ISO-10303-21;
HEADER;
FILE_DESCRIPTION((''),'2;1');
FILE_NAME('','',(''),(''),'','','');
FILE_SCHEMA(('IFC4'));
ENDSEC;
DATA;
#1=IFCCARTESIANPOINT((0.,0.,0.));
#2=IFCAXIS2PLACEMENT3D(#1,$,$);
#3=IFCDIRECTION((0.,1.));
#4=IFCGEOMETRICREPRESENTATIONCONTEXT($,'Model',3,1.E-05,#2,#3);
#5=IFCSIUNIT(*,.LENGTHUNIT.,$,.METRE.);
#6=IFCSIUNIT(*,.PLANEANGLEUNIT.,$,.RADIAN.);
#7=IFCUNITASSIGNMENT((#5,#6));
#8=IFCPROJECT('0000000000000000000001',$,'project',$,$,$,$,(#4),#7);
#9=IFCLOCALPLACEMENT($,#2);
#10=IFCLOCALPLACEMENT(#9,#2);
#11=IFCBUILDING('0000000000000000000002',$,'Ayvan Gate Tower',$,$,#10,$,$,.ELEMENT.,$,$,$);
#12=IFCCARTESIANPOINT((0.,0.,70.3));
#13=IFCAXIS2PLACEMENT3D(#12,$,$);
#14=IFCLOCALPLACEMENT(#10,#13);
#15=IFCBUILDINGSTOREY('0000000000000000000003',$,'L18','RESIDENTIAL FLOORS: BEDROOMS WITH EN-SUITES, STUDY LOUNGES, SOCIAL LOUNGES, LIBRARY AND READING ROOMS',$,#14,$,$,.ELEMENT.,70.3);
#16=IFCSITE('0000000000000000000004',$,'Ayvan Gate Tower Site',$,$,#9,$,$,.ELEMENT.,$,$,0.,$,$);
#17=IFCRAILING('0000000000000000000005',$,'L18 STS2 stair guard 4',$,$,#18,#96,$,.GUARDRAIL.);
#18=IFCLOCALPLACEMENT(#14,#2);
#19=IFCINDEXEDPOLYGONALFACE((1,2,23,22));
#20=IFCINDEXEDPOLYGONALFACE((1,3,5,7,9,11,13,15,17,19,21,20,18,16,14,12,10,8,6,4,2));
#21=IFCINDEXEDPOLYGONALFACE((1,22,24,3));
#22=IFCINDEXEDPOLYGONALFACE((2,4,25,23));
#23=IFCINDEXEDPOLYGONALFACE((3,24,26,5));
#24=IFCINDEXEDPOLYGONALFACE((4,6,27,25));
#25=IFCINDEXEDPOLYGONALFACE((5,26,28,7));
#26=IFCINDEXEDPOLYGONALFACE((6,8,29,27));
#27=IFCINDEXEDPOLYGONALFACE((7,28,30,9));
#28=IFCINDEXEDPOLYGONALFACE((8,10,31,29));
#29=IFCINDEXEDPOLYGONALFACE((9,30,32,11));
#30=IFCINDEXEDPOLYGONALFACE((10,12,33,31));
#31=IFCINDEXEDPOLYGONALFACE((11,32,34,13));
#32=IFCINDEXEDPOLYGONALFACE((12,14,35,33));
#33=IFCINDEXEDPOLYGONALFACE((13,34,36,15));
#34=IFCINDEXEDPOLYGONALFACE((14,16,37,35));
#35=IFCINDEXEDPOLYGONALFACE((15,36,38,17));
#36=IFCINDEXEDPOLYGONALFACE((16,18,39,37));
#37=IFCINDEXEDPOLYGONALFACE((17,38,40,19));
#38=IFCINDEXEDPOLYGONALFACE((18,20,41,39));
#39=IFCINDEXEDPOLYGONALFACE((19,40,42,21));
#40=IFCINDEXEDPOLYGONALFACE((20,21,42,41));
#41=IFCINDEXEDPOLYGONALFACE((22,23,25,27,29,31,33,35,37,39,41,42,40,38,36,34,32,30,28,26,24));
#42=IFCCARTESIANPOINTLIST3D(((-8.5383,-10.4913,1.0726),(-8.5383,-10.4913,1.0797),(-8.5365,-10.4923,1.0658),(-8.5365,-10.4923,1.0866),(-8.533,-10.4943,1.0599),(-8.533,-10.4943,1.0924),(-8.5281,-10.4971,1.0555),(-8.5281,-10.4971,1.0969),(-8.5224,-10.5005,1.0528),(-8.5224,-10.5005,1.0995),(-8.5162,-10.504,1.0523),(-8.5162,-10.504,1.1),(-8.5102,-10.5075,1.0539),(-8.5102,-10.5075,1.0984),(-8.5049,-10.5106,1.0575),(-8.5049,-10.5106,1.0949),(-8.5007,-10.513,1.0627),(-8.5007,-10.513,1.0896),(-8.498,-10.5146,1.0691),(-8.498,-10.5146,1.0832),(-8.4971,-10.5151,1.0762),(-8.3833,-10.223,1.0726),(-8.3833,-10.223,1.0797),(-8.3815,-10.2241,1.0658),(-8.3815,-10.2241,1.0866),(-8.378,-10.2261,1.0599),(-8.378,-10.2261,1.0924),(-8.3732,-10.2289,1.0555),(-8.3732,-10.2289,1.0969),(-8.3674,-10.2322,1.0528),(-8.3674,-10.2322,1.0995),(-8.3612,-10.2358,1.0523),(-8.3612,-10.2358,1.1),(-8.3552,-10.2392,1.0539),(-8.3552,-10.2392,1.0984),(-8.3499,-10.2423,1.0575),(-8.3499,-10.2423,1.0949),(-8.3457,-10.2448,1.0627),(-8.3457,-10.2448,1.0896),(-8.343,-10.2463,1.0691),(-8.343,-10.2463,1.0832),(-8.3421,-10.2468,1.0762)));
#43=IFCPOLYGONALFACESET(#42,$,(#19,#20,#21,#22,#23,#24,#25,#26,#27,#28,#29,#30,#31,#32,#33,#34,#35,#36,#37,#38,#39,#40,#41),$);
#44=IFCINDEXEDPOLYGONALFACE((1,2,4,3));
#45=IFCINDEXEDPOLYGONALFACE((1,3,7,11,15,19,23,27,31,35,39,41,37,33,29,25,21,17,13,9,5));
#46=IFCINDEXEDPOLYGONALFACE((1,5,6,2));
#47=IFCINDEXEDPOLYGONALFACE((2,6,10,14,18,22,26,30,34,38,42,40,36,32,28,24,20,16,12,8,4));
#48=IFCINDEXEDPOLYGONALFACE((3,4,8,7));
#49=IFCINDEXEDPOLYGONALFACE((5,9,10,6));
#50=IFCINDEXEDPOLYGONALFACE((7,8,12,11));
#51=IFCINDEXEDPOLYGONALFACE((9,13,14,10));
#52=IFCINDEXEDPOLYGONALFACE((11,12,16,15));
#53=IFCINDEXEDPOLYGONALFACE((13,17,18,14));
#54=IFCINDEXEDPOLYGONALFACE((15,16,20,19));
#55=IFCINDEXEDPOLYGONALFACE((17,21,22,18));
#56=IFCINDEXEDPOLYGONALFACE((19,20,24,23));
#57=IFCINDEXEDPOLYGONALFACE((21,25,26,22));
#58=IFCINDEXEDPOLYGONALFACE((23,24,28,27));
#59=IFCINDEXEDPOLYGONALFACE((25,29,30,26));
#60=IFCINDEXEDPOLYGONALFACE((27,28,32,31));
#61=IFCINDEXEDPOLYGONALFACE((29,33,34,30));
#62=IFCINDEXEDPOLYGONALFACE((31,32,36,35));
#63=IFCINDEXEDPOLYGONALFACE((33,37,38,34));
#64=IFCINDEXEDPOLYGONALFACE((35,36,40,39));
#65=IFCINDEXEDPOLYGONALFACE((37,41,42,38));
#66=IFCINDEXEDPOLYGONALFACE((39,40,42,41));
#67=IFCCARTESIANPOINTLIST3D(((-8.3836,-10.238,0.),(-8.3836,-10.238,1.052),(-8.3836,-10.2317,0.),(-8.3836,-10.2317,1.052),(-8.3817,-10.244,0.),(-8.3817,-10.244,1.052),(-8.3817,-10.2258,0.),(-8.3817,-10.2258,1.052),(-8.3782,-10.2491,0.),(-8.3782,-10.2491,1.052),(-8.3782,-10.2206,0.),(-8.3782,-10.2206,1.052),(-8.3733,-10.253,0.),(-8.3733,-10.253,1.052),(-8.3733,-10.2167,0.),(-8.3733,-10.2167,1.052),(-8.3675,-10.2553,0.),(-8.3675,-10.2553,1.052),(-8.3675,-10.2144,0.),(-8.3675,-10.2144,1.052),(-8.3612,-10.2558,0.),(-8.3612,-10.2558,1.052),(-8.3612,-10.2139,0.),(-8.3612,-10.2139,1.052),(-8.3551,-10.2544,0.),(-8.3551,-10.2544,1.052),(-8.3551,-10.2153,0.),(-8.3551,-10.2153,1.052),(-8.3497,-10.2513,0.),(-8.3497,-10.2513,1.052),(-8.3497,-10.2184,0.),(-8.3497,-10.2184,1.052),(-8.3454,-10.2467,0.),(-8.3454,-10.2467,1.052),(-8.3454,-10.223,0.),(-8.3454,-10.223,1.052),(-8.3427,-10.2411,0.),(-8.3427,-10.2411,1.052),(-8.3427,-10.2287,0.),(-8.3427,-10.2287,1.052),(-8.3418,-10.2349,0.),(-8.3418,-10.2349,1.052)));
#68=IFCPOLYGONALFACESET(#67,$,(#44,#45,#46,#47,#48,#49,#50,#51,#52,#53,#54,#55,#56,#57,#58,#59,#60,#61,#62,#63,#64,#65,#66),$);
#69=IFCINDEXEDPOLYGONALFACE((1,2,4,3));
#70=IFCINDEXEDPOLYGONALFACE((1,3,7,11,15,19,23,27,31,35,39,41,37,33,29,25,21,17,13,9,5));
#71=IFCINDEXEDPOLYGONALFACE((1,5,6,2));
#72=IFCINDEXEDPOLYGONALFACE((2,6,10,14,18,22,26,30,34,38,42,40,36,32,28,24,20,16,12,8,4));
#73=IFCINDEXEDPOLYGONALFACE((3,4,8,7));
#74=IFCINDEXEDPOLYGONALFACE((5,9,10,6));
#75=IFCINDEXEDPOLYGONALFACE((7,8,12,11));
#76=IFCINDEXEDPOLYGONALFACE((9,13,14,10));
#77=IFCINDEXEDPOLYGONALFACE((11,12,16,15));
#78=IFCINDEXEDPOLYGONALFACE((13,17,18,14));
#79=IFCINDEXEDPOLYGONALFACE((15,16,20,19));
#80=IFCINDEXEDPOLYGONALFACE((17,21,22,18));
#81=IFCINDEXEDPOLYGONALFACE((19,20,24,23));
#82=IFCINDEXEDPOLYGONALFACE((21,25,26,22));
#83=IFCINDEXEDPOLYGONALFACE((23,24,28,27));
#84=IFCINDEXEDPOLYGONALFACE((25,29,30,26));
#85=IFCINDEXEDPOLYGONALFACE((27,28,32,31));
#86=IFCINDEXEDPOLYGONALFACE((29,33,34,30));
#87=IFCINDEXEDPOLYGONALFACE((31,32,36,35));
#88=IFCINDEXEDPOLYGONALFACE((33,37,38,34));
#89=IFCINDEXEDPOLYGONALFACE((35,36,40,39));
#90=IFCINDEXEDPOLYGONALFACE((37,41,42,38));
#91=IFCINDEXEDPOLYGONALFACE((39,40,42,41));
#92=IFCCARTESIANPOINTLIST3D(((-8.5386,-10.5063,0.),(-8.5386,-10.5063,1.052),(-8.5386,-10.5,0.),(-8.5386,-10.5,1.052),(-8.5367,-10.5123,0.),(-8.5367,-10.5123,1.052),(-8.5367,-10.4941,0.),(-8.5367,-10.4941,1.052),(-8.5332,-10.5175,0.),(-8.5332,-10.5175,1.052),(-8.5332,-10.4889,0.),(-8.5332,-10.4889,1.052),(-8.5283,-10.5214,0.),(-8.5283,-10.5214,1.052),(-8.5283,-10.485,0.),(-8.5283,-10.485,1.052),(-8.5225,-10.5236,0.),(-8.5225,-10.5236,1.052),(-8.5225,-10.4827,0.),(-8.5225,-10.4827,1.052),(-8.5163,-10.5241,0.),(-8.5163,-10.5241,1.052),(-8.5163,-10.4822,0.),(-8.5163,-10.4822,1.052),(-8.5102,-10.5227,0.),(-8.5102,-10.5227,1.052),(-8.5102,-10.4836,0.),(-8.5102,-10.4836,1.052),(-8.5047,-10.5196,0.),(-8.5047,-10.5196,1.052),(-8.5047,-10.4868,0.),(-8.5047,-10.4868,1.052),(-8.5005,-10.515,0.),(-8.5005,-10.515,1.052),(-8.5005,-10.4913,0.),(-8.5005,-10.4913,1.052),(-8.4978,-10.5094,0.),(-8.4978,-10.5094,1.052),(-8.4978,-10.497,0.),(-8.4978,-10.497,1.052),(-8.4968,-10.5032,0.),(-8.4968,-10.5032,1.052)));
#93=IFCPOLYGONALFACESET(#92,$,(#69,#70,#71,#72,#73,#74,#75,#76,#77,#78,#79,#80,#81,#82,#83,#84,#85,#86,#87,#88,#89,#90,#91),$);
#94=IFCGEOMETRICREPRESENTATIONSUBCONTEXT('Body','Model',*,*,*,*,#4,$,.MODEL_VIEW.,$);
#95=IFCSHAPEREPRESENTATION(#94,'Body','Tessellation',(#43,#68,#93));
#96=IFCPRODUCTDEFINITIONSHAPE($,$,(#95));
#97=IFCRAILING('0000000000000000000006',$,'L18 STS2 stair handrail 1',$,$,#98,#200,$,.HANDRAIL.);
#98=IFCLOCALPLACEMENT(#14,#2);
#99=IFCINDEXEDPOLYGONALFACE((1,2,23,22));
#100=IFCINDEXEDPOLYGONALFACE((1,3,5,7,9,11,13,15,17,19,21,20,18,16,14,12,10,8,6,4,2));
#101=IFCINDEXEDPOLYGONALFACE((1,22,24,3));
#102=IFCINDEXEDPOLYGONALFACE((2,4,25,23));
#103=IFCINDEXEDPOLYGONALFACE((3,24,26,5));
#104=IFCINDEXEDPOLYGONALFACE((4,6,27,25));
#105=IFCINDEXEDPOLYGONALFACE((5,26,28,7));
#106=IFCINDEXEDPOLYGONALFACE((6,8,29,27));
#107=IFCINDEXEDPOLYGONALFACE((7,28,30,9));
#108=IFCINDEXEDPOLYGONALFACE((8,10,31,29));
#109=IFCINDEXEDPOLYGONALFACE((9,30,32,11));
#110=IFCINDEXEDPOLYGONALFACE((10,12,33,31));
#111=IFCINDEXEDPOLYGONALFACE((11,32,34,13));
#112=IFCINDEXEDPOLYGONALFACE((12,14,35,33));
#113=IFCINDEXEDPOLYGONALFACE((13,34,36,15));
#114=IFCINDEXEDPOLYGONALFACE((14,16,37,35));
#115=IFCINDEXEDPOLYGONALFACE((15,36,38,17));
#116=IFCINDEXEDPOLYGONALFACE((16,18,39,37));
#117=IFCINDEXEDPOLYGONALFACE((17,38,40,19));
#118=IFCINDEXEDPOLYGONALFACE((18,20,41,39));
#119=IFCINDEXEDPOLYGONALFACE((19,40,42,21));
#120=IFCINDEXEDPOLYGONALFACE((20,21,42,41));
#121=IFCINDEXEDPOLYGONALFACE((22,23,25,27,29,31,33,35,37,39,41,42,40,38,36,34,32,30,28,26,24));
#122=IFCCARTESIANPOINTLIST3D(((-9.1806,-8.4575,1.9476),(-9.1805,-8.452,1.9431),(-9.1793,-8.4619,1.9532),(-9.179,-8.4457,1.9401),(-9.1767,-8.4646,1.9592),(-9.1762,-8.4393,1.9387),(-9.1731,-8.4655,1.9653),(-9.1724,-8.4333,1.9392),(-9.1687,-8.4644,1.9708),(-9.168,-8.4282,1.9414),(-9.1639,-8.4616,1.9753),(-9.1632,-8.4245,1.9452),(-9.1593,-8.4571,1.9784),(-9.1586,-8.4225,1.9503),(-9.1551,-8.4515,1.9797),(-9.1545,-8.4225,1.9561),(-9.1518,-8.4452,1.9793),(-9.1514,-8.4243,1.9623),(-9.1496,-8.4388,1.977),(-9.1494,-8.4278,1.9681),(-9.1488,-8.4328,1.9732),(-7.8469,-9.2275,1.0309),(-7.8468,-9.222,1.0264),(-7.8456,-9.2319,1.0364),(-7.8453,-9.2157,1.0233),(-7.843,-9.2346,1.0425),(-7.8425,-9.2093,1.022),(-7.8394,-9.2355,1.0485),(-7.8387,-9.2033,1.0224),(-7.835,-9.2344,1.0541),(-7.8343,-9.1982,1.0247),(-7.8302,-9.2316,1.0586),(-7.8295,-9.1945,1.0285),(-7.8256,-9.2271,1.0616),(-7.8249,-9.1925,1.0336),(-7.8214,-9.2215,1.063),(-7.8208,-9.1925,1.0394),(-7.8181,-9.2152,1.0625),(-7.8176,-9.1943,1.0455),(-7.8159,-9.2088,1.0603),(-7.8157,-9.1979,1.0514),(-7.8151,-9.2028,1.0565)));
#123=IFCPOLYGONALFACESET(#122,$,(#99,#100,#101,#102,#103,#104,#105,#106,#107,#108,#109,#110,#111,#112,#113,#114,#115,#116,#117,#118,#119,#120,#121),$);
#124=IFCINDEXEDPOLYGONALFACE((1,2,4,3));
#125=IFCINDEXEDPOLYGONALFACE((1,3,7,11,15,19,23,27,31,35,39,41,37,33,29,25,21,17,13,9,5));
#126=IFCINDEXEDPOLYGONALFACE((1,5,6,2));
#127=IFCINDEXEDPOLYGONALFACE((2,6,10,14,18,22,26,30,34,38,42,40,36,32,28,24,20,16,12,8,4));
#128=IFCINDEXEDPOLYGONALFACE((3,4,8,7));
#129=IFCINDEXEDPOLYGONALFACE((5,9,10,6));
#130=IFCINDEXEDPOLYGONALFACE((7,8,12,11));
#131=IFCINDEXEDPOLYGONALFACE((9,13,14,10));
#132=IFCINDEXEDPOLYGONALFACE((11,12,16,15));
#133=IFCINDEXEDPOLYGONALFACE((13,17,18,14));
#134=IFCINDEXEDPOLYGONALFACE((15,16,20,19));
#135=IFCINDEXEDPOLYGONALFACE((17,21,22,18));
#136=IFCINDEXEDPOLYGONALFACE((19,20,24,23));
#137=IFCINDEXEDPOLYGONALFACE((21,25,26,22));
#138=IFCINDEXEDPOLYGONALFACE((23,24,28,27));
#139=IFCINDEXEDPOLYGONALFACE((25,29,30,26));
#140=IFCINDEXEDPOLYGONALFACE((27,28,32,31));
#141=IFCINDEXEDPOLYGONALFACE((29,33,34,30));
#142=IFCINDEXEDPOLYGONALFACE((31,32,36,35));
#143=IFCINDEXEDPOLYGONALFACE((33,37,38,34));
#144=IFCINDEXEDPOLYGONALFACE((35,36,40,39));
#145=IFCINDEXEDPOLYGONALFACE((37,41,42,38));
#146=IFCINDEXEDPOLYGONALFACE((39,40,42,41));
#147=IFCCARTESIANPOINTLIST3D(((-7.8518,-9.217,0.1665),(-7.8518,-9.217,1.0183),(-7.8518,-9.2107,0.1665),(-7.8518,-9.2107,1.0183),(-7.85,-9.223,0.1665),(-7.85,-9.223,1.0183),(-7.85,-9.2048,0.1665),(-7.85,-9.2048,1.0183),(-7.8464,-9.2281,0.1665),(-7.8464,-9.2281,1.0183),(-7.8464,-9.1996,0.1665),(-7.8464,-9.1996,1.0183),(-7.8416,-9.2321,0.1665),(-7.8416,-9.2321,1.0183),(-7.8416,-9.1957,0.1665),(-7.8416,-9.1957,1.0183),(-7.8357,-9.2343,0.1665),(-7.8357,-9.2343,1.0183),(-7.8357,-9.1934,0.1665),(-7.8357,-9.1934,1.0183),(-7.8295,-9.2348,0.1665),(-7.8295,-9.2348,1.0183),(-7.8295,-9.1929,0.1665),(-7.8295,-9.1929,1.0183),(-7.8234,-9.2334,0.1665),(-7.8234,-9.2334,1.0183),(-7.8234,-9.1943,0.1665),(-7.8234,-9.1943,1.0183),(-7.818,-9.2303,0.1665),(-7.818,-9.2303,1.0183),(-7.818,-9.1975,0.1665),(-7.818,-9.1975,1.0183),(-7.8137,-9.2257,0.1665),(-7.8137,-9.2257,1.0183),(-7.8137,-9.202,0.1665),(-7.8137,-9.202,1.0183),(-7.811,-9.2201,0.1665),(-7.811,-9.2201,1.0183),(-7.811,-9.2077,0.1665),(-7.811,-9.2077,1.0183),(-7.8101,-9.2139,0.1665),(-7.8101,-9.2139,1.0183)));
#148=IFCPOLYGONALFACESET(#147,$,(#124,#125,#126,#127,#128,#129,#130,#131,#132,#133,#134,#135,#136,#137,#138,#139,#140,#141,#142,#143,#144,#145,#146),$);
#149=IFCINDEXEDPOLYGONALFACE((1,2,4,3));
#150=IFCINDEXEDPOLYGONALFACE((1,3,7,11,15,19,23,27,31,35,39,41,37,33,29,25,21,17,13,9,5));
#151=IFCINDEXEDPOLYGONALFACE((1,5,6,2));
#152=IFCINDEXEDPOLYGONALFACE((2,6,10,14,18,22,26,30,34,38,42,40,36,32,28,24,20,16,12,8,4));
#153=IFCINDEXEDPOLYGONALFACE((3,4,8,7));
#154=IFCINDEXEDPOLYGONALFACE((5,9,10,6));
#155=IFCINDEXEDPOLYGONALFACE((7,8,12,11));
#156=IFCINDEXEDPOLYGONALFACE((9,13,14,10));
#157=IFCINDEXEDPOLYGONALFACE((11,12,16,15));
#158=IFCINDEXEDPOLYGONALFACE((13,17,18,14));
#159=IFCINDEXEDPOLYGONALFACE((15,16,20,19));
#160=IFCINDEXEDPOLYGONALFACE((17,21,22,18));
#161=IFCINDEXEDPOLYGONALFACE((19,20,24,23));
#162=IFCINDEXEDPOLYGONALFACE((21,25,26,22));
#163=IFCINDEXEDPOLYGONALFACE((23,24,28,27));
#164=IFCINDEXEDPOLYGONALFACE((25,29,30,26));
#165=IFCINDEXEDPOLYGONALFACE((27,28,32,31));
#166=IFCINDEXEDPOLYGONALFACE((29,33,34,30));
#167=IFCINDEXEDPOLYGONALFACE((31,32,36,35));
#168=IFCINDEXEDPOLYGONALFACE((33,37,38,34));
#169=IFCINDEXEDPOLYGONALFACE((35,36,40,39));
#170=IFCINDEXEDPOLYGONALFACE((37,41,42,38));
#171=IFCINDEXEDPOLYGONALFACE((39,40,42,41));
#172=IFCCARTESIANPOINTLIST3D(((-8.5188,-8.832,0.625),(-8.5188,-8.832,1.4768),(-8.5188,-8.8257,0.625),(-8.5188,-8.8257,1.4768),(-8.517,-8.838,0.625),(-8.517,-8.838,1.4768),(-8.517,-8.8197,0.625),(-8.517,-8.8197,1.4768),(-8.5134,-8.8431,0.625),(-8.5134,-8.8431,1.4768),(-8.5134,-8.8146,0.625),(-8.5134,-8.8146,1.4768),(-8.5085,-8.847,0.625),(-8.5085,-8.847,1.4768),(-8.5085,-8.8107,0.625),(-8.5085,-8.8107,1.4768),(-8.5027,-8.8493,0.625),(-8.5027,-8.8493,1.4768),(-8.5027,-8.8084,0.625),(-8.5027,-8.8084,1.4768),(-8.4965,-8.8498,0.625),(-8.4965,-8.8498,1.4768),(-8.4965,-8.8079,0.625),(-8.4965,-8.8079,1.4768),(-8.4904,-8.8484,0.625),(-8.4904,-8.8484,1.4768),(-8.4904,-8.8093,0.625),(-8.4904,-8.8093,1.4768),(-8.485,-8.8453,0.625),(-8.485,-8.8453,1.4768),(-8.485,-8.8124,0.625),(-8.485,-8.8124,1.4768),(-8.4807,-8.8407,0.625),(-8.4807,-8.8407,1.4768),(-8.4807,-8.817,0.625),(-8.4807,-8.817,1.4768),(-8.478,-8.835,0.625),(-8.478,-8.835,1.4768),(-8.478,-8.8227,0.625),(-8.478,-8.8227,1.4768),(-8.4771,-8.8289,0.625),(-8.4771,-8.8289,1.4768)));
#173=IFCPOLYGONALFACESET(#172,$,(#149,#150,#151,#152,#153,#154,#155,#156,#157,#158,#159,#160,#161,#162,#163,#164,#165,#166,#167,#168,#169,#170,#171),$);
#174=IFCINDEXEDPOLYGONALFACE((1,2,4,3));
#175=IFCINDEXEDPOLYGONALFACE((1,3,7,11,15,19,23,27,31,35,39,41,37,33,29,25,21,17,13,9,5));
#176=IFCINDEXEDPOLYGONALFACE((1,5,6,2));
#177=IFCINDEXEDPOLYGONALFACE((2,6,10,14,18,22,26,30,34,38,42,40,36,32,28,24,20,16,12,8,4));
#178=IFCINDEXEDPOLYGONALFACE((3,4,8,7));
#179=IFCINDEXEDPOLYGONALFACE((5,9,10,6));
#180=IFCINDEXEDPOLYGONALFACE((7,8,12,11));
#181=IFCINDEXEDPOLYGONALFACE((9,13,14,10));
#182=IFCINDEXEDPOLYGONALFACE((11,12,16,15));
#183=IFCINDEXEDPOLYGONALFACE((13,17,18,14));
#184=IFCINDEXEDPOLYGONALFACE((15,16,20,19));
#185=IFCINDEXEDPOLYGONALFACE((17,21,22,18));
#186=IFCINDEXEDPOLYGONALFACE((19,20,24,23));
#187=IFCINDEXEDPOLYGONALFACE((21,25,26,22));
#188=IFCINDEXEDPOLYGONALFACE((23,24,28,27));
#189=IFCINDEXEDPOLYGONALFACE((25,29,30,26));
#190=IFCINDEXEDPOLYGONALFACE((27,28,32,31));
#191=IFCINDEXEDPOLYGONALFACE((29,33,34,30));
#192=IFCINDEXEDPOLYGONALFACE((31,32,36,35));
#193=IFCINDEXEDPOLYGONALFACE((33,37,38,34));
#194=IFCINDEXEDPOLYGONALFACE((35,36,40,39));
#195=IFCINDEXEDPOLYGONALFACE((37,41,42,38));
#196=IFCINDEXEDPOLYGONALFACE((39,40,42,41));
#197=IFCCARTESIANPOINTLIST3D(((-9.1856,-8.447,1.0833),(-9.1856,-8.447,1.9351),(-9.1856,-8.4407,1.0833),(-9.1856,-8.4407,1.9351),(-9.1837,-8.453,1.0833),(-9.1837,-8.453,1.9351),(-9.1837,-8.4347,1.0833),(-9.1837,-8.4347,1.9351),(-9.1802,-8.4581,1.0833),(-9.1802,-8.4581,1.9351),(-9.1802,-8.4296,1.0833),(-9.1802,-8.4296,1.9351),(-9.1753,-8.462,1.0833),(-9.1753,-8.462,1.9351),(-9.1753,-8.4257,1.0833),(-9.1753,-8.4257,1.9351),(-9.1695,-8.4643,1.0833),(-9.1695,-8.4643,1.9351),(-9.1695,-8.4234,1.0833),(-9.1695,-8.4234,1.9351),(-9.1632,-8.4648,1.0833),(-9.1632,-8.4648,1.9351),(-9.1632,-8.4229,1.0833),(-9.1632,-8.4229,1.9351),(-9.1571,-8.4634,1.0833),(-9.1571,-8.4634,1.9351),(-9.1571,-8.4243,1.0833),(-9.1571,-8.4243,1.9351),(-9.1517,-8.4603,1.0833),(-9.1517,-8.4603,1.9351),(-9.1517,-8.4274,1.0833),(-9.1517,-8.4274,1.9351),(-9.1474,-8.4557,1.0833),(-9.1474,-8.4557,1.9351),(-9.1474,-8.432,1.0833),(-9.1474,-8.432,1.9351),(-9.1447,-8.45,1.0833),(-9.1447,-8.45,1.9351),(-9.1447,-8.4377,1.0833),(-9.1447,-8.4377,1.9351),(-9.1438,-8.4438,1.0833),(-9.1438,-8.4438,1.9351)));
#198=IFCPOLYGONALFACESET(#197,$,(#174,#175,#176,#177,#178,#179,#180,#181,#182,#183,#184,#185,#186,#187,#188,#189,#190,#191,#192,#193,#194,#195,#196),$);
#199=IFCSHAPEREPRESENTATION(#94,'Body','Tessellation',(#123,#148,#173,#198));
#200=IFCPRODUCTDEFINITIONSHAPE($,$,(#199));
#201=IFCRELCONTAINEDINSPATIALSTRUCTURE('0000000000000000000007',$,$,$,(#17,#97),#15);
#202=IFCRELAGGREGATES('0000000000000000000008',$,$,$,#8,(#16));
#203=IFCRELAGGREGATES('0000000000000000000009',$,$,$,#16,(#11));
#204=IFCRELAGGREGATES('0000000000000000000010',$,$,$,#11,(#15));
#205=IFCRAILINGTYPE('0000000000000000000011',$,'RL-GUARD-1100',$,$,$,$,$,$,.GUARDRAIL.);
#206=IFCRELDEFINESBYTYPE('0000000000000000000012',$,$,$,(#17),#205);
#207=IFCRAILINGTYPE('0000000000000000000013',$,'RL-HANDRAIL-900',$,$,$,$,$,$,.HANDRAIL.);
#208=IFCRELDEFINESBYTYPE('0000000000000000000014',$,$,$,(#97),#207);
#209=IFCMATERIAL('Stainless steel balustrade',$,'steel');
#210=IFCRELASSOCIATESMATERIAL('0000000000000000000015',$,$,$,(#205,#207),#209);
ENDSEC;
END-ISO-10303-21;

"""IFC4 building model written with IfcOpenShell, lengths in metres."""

from ifc_helpers import new_model, si_unit, direction, frame, origin, origin_2d, place, context, subcontext, project, spatial, circle, extrude, material, type_object, element, save


model = new_model("IFC4")

# Units and contexts
model_context = context("Model", 3, precision=1e-05, world=origin(), true_north=direction((0.0, 1.0)))
body_context = subcontext(model_context, "Body", "Model", "MODEL_VIEW")
ifc_project = project(units=[si_unit("LENGTHUNIT", "METRE"), si_unit("PLANEANGLEUNIT", "RADIAN")], contexts=[model_context])

# Site, building, storey
site_placement = place(None, origin())
site = spatial("IfcSite", under=ifc_project, at=site_placement, Name="Ayvan Gate Tower Site", CompositionType="ELEMENT", RefElevation=0.0)
building_placement = place(site_placement, origin())
building = spatial("IfcBuilding", under=site, at=building_placement, Name="Ayvan Gate Tower", CompositionType="ELEMENT")
storey_placement = place(building_placement, frame((0.0, 0.0, 70.3)))
storey = spatial("IfcBuildingStorey", under=building, at=storey_placement, Name="L18", Description="RESIDENTIAL FLOORS: BEDROOMS WITH EN-SUITES, STUDY LOUNGES, SOCIAL LOUNGES, LIBRARY AND READING ROOMS", CompositionType="ELEMENT", Elevation=70.3)

# Railings
ifc_material_1 = material(Name="Stainless steel balustrade", Category="steel")
railing_type_1 = type_object("IfcRailingType", Name="RL-GUARD-1100", PredefinedType="GUARDRAIL", material=ifc_material_1)
railing_1_placement = place(storey_placement, frame((-8.3628, -10.2349, 0.0)))
element("IfcRailing", 1, at=railing_1_placement, inside=storey, type_object=railing_type_1, Name="L18 STS2 stair guard 4", PredefinedType="GUARDRAIL", context=body_context, shape_type="SweptSolid", body=[
    extrude(circle(Radius=0.0239, at=origin_2d()), frame((0.0, 0.0, 1.0762), z_axis=(-0.500291, -0.865857, 0.0), x_axis=(0.865857, -0.500291, 0.0)), (0.0, 0.0, 1.0), 0.3098),
    extrude(circle(Radius=0.021, at=origin_2d()), origin(), (0.0, 0.0, 1.0), 1.052),
    extrude(circle(Radius=0.021, at=origin_2d()), frame((-0.155, -0.2683, 0.0)), (0.0, 0.0, 1.0), 1.052),
])
railing_type_2 = type_object("IfcRailingType", Name="RL-HANDRAIL-900", PredefinedType="HANDRAIL", material=ifc_material_1)
for number, where, name in (
    (2, (-7.8311, -9.2139, 0.1665), "L18 STS2 stair handrail 1"),
):
    element("IfcRailing", number, at=place(storey_placement, frame(where)), inside=storey, type_object=railing_type_2, Name=name, PredefinedType="HANDRAIL", context=body_context, shape_type="SweptSolid", body=[
        extrude(circle(Radius=0.0239, at=origin_2d()), frame((0.0, 0.0, 0.876), z_axis=(-0.744164, 0.429634, 0.511502), x_axis=(-0.499992, -0.86603, 0.0)), (0.0, 0.0, 1.0), 1.7922),
        extrude(circle(Radius=0.021, at=origin_2d()), origin(), (0.0, 0.0, 1.0), 0.8518),
        extrude(circle(Radius=0.021, at=origin_2d()), frame((-0.667, 0.385, 0.4585)), (0.0, 0.0, 1.0), 0.8518),
        extrude(circle(Radius=0.021, at=origin_2d()), frame((-1.3337, 0.77, 0.9167)), (0.0, 0.0, 1.0), 0.8518),
    ])

save(model, "model.ifc")
